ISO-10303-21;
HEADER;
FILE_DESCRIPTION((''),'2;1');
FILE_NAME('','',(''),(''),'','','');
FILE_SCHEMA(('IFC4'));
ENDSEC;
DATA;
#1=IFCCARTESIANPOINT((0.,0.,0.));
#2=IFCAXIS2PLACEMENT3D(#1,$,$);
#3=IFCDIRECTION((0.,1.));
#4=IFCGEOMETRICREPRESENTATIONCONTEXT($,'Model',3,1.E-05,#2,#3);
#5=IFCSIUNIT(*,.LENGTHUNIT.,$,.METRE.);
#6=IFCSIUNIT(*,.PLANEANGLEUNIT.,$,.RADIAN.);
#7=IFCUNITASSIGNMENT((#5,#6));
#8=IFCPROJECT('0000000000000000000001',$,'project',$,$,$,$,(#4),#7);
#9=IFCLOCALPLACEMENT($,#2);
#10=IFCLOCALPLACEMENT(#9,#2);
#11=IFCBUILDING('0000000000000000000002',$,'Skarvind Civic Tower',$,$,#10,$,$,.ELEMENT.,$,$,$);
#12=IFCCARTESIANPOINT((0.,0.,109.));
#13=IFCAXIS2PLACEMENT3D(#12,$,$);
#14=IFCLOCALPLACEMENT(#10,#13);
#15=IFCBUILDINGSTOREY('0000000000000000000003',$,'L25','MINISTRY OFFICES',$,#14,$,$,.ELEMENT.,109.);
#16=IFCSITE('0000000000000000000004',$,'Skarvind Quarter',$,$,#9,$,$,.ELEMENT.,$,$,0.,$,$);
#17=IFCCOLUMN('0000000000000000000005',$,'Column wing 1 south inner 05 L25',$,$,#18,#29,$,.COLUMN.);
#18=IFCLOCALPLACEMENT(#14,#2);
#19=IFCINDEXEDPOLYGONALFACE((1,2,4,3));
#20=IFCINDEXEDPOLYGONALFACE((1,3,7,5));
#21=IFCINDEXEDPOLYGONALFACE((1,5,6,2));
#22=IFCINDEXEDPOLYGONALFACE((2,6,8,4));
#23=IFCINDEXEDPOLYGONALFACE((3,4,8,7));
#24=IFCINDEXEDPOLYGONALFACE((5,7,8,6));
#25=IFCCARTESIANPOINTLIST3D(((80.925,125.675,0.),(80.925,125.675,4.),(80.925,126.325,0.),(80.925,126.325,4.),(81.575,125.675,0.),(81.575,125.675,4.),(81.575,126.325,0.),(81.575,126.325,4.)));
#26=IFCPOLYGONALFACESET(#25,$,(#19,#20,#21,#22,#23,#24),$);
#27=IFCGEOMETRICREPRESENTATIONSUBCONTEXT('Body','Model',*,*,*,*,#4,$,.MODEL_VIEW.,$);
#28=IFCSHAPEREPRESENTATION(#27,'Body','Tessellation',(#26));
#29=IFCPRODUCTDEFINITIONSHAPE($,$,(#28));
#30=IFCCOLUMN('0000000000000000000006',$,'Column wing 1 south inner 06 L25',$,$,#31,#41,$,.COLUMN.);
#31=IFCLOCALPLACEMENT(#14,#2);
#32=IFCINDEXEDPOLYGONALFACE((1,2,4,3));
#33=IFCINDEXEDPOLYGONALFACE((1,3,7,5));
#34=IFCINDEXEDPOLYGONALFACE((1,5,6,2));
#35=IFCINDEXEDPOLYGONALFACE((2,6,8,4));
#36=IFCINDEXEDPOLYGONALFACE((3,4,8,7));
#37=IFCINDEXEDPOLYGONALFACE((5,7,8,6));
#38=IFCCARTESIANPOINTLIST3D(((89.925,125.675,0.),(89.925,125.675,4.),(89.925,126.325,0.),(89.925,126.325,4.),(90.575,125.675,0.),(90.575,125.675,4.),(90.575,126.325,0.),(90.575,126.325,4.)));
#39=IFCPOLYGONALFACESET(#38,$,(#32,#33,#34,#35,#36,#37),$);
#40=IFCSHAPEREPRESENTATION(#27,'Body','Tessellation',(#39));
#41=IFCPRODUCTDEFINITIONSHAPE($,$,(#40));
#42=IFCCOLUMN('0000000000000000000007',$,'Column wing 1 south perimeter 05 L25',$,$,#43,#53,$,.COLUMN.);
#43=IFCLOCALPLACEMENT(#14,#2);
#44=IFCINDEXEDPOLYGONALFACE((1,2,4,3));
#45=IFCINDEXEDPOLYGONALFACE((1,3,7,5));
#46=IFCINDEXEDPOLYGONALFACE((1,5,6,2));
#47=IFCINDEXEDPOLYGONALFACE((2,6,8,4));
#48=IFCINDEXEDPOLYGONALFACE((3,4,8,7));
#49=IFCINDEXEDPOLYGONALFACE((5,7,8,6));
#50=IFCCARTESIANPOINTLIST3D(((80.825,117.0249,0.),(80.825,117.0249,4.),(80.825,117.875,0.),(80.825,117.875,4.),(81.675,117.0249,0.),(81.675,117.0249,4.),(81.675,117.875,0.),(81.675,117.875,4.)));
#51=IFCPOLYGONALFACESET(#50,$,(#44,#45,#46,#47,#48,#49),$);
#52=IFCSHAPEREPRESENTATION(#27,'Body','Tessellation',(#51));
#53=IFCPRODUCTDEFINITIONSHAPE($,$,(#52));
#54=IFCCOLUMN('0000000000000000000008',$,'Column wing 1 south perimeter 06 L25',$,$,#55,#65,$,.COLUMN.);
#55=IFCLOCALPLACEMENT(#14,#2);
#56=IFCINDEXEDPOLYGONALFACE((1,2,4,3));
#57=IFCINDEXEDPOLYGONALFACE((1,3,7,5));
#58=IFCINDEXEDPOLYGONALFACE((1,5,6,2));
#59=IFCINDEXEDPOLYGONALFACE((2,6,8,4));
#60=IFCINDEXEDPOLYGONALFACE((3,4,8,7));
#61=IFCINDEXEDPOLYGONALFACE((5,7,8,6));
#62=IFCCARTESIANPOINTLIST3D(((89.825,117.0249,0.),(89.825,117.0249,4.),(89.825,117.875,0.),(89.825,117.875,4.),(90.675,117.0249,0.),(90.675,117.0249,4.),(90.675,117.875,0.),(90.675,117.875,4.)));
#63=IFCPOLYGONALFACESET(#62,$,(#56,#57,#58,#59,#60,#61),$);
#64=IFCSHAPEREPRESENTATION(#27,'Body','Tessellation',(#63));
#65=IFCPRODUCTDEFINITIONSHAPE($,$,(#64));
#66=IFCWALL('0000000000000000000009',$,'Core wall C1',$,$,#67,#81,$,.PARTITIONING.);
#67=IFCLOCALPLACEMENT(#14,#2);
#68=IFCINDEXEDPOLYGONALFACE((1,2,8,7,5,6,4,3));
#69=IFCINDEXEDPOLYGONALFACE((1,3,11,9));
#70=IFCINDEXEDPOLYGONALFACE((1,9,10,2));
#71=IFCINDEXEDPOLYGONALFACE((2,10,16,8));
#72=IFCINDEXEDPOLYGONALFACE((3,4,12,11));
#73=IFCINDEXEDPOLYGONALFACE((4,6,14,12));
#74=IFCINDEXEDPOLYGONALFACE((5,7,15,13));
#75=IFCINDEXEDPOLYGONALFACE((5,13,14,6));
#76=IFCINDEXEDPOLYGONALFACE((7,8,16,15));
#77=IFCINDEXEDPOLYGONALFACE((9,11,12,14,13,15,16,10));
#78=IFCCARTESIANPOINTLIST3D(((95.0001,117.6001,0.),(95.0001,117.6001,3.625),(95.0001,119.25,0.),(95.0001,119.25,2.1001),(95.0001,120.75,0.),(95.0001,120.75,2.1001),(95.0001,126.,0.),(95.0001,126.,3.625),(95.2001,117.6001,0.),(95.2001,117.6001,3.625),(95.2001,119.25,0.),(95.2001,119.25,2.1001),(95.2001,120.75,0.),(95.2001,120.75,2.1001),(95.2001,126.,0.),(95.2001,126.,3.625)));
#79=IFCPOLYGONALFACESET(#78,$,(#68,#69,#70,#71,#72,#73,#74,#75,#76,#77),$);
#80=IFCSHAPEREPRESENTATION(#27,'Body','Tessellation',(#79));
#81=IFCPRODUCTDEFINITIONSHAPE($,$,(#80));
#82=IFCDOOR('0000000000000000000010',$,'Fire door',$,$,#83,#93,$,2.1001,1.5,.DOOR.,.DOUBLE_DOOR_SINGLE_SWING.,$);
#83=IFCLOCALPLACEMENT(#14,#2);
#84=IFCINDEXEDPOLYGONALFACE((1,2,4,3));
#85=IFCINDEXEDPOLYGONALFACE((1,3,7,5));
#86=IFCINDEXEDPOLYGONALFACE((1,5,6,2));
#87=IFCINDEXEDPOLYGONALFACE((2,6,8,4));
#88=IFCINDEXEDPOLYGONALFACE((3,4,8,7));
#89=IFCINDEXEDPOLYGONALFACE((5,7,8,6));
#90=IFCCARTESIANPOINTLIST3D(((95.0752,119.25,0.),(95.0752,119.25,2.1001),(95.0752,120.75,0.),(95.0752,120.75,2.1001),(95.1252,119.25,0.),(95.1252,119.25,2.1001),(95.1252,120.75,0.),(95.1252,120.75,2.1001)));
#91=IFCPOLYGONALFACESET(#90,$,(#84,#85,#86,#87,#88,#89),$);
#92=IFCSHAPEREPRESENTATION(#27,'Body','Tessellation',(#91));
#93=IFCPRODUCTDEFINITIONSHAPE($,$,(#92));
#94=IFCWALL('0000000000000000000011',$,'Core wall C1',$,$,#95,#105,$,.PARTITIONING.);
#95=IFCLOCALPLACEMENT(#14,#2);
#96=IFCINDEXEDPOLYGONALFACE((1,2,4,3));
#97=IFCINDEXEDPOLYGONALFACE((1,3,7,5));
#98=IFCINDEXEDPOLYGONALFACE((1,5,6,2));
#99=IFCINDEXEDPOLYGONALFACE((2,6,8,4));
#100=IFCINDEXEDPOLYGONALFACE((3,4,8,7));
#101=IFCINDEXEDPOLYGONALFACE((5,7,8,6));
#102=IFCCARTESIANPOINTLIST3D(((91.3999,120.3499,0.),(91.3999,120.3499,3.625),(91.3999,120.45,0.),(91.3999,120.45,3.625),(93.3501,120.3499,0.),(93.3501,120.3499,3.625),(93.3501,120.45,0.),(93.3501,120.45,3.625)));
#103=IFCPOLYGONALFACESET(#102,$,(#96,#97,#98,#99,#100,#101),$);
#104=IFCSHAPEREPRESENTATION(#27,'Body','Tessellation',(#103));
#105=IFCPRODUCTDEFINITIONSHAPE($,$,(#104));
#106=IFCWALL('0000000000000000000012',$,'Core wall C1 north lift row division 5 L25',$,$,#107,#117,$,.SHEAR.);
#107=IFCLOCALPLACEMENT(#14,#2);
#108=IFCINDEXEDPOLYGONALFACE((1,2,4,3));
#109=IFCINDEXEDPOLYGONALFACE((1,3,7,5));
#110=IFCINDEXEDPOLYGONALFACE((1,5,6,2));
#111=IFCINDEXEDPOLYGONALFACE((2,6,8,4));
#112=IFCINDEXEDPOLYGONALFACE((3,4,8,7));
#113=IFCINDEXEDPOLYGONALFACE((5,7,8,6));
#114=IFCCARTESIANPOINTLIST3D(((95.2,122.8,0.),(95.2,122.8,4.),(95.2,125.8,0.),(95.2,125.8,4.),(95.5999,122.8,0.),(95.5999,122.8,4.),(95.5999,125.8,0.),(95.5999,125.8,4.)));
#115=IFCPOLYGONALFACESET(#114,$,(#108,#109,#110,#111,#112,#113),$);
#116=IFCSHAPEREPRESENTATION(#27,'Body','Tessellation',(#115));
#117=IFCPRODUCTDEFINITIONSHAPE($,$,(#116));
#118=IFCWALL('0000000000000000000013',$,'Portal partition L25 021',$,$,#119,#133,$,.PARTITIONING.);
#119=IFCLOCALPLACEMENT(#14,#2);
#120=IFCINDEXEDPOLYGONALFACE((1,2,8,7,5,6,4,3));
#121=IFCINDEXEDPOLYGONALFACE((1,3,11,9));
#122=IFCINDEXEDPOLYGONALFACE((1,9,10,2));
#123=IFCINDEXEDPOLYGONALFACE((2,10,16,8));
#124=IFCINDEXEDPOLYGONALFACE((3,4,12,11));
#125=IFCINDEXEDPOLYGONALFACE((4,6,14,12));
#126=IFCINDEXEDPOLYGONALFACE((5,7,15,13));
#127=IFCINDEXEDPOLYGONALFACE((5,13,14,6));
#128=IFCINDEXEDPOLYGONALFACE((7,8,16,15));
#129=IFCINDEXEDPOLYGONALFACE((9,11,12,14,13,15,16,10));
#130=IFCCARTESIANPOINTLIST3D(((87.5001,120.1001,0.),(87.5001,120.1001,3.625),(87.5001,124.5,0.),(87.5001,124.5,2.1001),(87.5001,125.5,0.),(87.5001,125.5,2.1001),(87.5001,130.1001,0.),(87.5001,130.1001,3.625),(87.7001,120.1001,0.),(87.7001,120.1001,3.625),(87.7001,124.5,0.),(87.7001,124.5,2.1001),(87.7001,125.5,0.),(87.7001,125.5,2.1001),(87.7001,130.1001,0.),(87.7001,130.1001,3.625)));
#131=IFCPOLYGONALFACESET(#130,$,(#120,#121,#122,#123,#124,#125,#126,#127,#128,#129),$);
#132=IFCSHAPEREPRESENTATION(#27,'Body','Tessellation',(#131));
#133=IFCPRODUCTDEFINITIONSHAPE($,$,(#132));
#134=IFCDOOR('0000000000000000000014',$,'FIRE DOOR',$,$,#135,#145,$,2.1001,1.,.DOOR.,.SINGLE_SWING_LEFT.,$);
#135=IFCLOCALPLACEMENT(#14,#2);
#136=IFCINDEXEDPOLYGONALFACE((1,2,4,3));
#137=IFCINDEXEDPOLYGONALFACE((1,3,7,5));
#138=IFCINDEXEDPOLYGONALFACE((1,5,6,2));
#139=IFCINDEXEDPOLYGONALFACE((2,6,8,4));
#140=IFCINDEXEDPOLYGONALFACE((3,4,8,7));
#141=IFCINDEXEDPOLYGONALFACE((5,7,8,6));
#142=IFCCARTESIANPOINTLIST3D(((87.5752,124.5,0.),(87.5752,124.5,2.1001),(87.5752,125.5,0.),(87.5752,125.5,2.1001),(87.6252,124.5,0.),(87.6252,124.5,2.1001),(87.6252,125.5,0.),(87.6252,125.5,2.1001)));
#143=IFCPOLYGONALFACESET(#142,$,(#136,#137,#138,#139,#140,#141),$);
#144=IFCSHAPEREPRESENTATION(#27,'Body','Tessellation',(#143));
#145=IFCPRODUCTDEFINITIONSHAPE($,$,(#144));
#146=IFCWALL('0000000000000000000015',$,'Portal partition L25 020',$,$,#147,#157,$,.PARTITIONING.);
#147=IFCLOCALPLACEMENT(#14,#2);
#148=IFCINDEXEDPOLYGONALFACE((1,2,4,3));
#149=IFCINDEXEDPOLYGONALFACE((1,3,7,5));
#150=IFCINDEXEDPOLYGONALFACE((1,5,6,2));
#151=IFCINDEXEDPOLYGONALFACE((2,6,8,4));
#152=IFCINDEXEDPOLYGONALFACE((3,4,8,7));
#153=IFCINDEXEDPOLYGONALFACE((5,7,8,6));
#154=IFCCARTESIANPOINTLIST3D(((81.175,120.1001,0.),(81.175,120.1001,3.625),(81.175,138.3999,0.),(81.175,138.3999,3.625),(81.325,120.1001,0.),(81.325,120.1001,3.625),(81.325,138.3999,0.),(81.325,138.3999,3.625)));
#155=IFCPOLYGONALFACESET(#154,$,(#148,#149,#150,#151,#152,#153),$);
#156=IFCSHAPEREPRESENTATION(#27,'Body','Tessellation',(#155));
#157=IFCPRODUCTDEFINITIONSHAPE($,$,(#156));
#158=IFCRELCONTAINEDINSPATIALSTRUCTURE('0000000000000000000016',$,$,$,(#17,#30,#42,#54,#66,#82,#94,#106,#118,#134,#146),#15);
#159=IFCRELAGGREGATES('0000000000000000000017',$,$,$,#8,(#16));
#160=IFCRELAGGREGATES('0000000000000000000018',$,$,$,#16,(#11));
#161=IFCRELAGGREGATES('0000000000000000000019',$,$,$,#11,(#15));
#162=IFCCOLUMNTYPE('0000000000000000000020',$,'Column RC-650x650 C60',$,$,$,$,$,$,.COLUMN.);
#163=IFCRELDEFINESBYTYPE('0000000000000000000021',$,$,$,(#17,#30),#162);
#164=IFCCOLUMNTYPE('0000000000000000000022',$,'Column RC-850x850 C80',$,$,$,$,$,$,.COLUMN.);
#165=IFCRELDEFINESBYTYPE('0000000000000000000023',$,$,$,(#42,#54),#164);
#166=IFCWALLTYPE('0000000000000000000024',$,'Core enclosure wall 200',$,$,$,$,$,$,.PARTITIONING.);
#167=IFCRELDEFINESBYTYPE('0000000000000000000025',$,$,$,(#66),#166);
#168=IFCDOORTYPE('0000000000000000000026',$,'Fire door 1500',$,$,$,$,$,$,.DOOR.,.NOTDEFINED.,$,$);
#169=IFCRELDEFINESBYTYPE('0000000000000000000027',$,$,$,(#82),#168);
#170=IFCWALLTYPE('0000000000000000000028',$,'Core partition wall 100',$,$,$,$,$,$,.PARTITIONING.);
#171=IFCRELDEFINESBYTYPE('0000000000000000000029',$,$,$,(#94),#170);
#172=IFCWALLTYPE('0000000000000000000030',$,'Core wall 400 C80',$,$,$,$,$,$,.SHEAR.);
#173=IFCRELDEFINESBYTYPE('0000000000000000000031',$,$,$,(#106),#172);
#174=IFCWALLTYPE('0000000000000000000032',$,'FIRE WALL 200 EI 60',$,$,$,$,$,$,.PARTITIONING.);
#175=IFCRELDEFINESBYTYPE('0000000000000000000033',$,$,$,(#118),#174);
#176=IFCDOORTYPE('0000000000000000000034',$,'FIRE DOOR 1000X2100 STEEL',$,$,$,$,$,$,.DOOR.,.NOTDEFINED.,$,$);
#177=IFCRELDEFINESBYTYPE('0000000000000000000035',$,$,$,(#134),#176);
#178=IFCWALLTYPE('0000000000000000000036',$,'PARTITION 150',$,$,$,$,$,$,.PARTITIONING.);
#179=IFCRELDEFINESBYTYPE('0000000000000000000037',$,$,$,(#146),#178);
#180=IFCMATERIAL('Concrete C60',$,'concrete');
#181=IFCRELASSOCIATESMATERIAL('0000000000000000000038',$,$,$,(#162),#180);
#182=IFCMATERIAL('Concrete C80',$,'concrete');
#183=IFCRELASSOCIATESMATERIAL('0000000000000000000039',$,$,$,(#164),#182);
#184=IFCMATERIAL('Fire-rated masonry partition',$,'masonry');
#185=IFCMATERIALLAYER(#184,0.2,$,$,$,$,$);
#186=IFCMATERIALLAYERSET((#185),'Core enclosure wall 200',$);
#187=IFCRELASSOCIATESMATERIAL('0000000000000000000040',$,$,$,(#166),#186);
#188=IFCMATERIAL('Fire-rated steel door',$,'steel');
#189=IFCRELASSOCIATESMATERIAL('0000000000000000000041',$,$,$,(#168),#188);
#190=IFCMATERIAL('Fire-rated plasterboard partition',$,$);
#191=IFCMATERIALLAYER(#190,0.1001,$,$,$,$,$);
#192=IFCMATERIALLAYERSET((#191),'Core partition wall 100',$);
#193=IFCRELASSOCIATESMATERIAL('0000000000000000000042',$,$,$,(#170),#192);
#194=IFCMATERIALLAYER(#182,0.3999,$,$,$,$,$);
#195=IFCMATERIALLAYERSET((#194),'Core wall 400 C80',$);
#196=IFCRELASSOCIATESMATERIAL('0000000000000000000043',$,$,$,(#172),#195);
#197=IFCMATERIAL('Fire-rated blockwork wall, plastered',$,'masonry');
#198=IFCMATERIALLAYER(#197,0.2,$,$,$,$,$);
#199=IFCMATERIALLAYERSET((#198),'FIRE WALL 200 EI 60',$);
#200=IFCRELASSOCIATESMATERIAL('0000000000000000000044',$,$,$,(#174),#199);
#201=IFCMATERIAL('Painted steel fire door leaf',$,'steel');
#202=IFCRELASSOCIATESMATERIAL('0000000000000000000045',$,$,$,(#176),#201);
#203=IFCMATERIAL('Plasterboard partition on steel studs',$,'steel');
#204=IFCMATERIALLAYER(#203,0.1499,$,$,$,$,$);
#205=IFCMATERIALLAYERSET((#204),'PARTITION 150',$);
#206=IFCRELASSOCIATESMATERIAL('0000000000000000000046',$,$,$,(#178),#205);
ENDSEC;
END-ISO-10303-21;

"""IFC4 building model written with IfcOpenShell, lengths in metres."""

from ifc_helpers import new_model, si_unit, direction, frame, frame_2d, origin, origin_2d, place, context, subcontext, project, spatial, rectangle, extrude, material, layer, layer_set, material_profile, profile_set, type_object, element, fill, save


model = new_model("IFC4")

# Units and contexts
model_context = context("Model", 3, precision=1e-05, world=origin(), true_north=direction((0.0, 1.0)))
body_context = subcontext(model_context, "Body", "Model", "MODEL_VIEW")
ifc_project = project(units=[si_unit("LENGTHUNIT", "METRE"), si_unit("PLANEANGLEUNIT", "RADIAN")], contexts=[model_context])

# Site, building, storey
site_placement = place(None, origin())
site = spatial("IfcSite", under=ifc_project, at=site_placement, Name="Skarvind Quarter", CompositionType="ELEMENT", RefElevation=0.0)
building_placement = place(site_placement, origin())
building = spatial("IfcBuilding", under=site, at=building_placement, Name="Skarvind Civic Tower", CompositionType="ELEMENT")
storey_placement = place(building_placement, frame((0.0, 0.0, 109.0)))
storey = spatial("IfcBuildingStorey", under=building, at=storey_placement, Name="L25", Description="MINISTRY OFFICES", CompositionType="ELEMENT", Elevation=109.0)

# Columns
ifc_material_1 = material(Name="Concrete C60", Category="concrete")
ifc_material_profile_1 = material_profile(ifc_material_1, rectangle(XDim=0.6499, YDim=0.6499, at=origin_2d()), Name="RC-650x650")
ifc_profile_set_1 = profile_set([ifc_material_profile_1], Name="Concrete C60")
column_type_1 = type_object("IfcColumnType", Name="Column RC-650x650 C60", PredefinedType="COLUMN", material=ifc_profile_set_1)
for number, where, z_axis, x_axis, name in (
    (1, (81.25, 126.0, 0.0), (0.0, 0.0, 1.0), (1.0, 0.0, 0.0), "Column wing 1 south inner 05 L25"),
    (2, (90.25, 126.0, 0.0), (0.0, 0.0, 1.0), (1.0, 0.0, 0.0), "Column wing 1 south inner 06 L25"),
):
    element("IfcColumn", number, at=place(storey_placement, frame(where, z_axis=z_axis, x_axis=x_axis)), inside=storey, type_object=column_type_1, Name=name, PredefinedType="COLUMN", context=body_context, shape_type="SweptSolid", body=[
        extrude(rectangle(XDim=0.6499, YDim=0.6499, at=origin_2d()), origin(), (0.0, 0.0, 1.0), 4.0),
    ])
ifc_material_2 = material(Name="Concrete C80", Category="concrete")
ifc_material_profile_2 = material_profile(ifc_material_2, rectangle(XDim=0.8501, YDim=0.8501, at=origin_2d()), Name="RC-850x850")
ifc_profile_set_2 = profile_set([ifc_material_profile_2], Name="Concrete C80")
column_type_2 = type_object("IfcColumnType", Name="Column RC-850x850 C80", PredefinedType="COLUMN", material=ifc_profile_set_2)
for number, where, z_axis, x_axis, name in (
    (3, (81.25, 117.45, 0.0), (0.0, 0.0, 1.0), (1.0, 0.0, 0.0), "Column wing 1 south perimeter 05 L25"),
    (4, (90.25, 117.45, 0.0), (0.0, 0.0, 1.0), (1.0, 0.0, 0.0), "Column wing 1 south perimeter 06 L25"),
):
    element("IfcColumn", number, at=place(storey_placement, frame(where, z_axis=z_axis, x_axis=x_axis)), inside=storey, type_object=column_type_2, Name=name, PredefinedType="COLUMN", context=body_context, shape_type="SweptSolid", body=[
        extrude(rectangle(XDim=0.8501, YDim=0.8501, at=origin_2d()), origin(), (0.0, 0.0, 1.0), 4.0),
    ])

# Wall, opening, door
ifc_material_3 = material(Name="Fire-rated masonry partition", Category="masonry")
ifc_layer_1 = layer(ifc_material_3, 0.2)
ifc_layer_set_1 = layer_set([ifc_layer_1], Name="Core enclosure wall 200")
wall_type_1 = type_object("IfcWallType", Name="Core enclosure wall 200", PredefinedType="PARTITIONING", material=ifc_layer_set_1)
wall_1_placement = place(storey_placement, frame((95.1001, 117.6001, 0.0), z_axis=(0.0, 0.0, 1.0), x_axis=(0.0, 1.0, 0.0)))
wall_1 = element("IfcWall", 5, at=wall_1_placement, inside=storey, type_object=wall_type_1, Name="Core wall C1", PredefinedType="PARTITIONING", context=body_context, shape_type="SweptSolid", body=[
    extrude(rectangle(XDim=8.3999, YDim=0.2, at=frame_2d((4.2, 0.0))), origin(), (0.0, 0.0, 1.0), 3.625),
])
opening_1_placement = place(wall_1_placement, frame((1.6499, 0.0, 0.0)))
opening_1 = element("IfcOpeningElement", 6, at=opening_1_placement, cuts=wall_1, PredefinedType="OPENING", context=body_context, shape_type="SweptSolid", body=[
    extrude(rectangle(XDim=1.5, YDim=2.1001, at=frame_2d((0.75, 1.05))), frame((0.0, 0.1099, 0.0), z_axis=(0.0, -1.0, 0.0), x_axis=(1.0, 0.0, 0.0)), (0.0, 0.0, 1.0), 0.22),
])
ifc_material_4 = material(Name="Fire-rated steel door", Category="steel")
door_type_1 = type_object("IfcDoorType", Name="Fire door 1500", OperationType="NOTDEFINED", PredefinedType="DOOR", material=ifc_material_4)
door_1_placement = place(opening_1_placement, origin())
door_1 = element("IfcDoor", 7, at=door_1_placement, inside=storey, type_object=door_type_1, Name="Fire door", OperationType="DOUBLE_DOOR_SINGLE_SWING", OverallHeight=2.1001, OverallWidth=1.5, PredefinedType="DOOR", context=body_context, shape_type="SweptSolid", body=[
    extrude(rectangle(XDim=1.5, YDim=2.1001, at=frame_2d((0.75, 1.05))), frame((0.0, 0.0249, 0.0), z_axis=(0.0, -1.0, 0.0), x_axis=(1.0, 0.0, 0.0)), (0.0, 0.0, 1.0), 0.05),
])
fill(opening_1, door_1)

# Walls
ifc_material_5 = material(Name="Fire-rated plasterboard partition")
ifc_layer_2 = layer(ifc_material_5, 0.1001)
ifc_layer_set_2 = layer_set([ifc_layer_2], Name="Core partition wall 100")
wall_type_2 = type_object("IfcWallType", Name="Core partition wall 100", PredefinedType="PARTITIONING", material=ifc_layer_set_2)
wall_2_placement = place(storey_placement, frame((93.3501, 120.3999, 0.0), z_axis=(0.0, 0.0, 1.0), x_axis=(-1.0, 0.0, 0.0)))
element("IfcWall", 8, at=wall_2_placement, inside=storey, type_object=wall_type_2, Name="Core wall C1", PredefinedType="PARTITIONING", context=body_context, shape_type="SweptSolid", body=[
    extrude(rectangle(XDim=1.9502, YDim=0.1001, at=frame_2d((0.9751, 0.0))), origin(), (0.0, 0.0, 1.0), 3.625),
])
ifc_layer_3 = layer(ifc_material_2, 0.3999)
ifc_layer_set_3 = layer_set([ifc_layer_3], Name="Core wall 400 C80")
wall_type_3 = type_object("IfcWallType", Name="Core wall 400 C80", PredefinedType="SHEAR", material=ifc_layer_set_3)
wall_3_placement = place(storey_placement, frame((95.3999, 125.8, 0.0), z_axis=(0.0, 0.0, 1.0), x_axis=(0.0, -1.0, 0.0)))
element("IfcWall", 9, at=wall_3_placement, inside=storey, type_object=wall_type_3, Name="Core wall C1 north lift row division 5 L25", PredefinedType="SHEAR", context=body_context, shape_type="SweptSolid", body=[
    extrude(rectangle(XDim=3.0, YDim=0.3999, at=frame_2d((1.5, 0.0))), origin(), (0.0, 0.0, 1.0), 4.0),
])

# Wall, opening, door
ifc_material_6 = material(Name="Fire-rated blockwork wall, plastered", Category="masonry")
ifc_layer_4 = layer(ifc_material_6, 0.2)
ifc_layer_set_4 = layer_set([ifc_layer_4], Name="FIRE WALL 200 EI 60")
wall_type_4 = type_object("IfcWallType", Name="FIRE WALL 200 EI 60", PredefinedType="PARTITIONING", material=ifc_layer_set_4)
wall_4_placement = place(storey_placement, frame((87.6001, 120.1001, 0.0), z_axis=(0.0, 0.0, 1.0), x_axis=(0.0, 1.0, 0.0)))
wall_4 = element("IfcWall", 10, at=wall_4_placement, inside=storey, type_object=wall_type_4, Name="Portal partition L25 021", PredefinedType="PARTITIONING", context=body_context, shape_type="SweptSolid", body=[
    extrude(rectangle(XDim=10.0, YDim=0.2, at=frame_2d((5.0, 0.0))), origin(), (0.0, 0.0, 1.0), 3.625),
])
opening_2_placement = place(wall_4_placement, frame((4.3999, 0.0, 0.0)))
opening_2 = element("IfcOpeningElement", 11, at=opening_2_placement, cuts=wall_4, PredefinedType="OPENING", context=body_context, shape_type="SweptSolid", body=[
    extrude(rectangle(XDim=1.0, YDim=2.1001, at=frame_2d((0.5, 1.05))), frame((0.0, 0.1099, 0.0), z_axis=(0.0, -1.0, 0.0), x_axis=(1.0, 0.0, 0.0)), (0.0, 0.0, 1.0), 0.22),
])
ifc_material_7 = material(Name="Painted steel fire door leaf", Category="steel")
door_type_2 = type_object("IfcDoorType", Name="FIRE DOOR 1000X2100 STEEL", OperationType="NOTDEFINED", PredefinedType="DOOR", material=ifc_material_7)
door_2_placement = place(opening_2_placement, origin())
door_2 = element("IfcDoor", 12, at=door_2_placement, inside=storey, type_object=door_type_2, Name="FIRE DOOR", OperationType="SINGLE_SWING_LEFT", OverallHeight=2.1001, OverallWidth=1.0, PredefinedType="DOOR", context=body_context, shape_type="SweptSolid", body=[
    extrude(rectangle(XDim=1.0, YDim=2.1001, at=frame_2d((0.5, 1.05))), frame((0.0, 0.0249, 0.0), z_axis=(0.0, -1.0, 0.0), x_axis=(1.0, 0.0, 0.0)), (0.0, 0.0, 1.0), 0.05),
])
fill(opening_2, door_2)

# Wall
ifc_material_8 = material(Name="Plasterboard partition on steel studs", Category="steel")
ifc_layer_5 = layer(ifc_material_8, 0.1499)
ifc_layer_set_5 = layer_set([ifc_layer_5], Name="PARTITION 150")
wall_type_5 = type_object("IfcWallType", Name="PARTITION 150", PredefinedType="PARTITIONING", material=ifc_layer_set_5)
wall_5_placement = place(storey_placement, frame((81.25, 120.1001, 0.0), z_axis=(0.0, 0.0, 1.0), x_axis=(0.0, 1.0, 0.0)))
element("IfcWall", 13, at=wall_5_placement, inside=storey, type_object=wall_type_5, Name="Portal partition L25 020", PredefinedType="PARTITIONING", context=body_context, shape_type="SweptSolid", body=[
    extrude(rectangle(XDim=18.2998, YDim=0.1499, at=frame_2d((9.1499, 0.0))), origin(), (0.0, 0.0, 1.0), 3.625),
])

save(model, "model.ifc")
